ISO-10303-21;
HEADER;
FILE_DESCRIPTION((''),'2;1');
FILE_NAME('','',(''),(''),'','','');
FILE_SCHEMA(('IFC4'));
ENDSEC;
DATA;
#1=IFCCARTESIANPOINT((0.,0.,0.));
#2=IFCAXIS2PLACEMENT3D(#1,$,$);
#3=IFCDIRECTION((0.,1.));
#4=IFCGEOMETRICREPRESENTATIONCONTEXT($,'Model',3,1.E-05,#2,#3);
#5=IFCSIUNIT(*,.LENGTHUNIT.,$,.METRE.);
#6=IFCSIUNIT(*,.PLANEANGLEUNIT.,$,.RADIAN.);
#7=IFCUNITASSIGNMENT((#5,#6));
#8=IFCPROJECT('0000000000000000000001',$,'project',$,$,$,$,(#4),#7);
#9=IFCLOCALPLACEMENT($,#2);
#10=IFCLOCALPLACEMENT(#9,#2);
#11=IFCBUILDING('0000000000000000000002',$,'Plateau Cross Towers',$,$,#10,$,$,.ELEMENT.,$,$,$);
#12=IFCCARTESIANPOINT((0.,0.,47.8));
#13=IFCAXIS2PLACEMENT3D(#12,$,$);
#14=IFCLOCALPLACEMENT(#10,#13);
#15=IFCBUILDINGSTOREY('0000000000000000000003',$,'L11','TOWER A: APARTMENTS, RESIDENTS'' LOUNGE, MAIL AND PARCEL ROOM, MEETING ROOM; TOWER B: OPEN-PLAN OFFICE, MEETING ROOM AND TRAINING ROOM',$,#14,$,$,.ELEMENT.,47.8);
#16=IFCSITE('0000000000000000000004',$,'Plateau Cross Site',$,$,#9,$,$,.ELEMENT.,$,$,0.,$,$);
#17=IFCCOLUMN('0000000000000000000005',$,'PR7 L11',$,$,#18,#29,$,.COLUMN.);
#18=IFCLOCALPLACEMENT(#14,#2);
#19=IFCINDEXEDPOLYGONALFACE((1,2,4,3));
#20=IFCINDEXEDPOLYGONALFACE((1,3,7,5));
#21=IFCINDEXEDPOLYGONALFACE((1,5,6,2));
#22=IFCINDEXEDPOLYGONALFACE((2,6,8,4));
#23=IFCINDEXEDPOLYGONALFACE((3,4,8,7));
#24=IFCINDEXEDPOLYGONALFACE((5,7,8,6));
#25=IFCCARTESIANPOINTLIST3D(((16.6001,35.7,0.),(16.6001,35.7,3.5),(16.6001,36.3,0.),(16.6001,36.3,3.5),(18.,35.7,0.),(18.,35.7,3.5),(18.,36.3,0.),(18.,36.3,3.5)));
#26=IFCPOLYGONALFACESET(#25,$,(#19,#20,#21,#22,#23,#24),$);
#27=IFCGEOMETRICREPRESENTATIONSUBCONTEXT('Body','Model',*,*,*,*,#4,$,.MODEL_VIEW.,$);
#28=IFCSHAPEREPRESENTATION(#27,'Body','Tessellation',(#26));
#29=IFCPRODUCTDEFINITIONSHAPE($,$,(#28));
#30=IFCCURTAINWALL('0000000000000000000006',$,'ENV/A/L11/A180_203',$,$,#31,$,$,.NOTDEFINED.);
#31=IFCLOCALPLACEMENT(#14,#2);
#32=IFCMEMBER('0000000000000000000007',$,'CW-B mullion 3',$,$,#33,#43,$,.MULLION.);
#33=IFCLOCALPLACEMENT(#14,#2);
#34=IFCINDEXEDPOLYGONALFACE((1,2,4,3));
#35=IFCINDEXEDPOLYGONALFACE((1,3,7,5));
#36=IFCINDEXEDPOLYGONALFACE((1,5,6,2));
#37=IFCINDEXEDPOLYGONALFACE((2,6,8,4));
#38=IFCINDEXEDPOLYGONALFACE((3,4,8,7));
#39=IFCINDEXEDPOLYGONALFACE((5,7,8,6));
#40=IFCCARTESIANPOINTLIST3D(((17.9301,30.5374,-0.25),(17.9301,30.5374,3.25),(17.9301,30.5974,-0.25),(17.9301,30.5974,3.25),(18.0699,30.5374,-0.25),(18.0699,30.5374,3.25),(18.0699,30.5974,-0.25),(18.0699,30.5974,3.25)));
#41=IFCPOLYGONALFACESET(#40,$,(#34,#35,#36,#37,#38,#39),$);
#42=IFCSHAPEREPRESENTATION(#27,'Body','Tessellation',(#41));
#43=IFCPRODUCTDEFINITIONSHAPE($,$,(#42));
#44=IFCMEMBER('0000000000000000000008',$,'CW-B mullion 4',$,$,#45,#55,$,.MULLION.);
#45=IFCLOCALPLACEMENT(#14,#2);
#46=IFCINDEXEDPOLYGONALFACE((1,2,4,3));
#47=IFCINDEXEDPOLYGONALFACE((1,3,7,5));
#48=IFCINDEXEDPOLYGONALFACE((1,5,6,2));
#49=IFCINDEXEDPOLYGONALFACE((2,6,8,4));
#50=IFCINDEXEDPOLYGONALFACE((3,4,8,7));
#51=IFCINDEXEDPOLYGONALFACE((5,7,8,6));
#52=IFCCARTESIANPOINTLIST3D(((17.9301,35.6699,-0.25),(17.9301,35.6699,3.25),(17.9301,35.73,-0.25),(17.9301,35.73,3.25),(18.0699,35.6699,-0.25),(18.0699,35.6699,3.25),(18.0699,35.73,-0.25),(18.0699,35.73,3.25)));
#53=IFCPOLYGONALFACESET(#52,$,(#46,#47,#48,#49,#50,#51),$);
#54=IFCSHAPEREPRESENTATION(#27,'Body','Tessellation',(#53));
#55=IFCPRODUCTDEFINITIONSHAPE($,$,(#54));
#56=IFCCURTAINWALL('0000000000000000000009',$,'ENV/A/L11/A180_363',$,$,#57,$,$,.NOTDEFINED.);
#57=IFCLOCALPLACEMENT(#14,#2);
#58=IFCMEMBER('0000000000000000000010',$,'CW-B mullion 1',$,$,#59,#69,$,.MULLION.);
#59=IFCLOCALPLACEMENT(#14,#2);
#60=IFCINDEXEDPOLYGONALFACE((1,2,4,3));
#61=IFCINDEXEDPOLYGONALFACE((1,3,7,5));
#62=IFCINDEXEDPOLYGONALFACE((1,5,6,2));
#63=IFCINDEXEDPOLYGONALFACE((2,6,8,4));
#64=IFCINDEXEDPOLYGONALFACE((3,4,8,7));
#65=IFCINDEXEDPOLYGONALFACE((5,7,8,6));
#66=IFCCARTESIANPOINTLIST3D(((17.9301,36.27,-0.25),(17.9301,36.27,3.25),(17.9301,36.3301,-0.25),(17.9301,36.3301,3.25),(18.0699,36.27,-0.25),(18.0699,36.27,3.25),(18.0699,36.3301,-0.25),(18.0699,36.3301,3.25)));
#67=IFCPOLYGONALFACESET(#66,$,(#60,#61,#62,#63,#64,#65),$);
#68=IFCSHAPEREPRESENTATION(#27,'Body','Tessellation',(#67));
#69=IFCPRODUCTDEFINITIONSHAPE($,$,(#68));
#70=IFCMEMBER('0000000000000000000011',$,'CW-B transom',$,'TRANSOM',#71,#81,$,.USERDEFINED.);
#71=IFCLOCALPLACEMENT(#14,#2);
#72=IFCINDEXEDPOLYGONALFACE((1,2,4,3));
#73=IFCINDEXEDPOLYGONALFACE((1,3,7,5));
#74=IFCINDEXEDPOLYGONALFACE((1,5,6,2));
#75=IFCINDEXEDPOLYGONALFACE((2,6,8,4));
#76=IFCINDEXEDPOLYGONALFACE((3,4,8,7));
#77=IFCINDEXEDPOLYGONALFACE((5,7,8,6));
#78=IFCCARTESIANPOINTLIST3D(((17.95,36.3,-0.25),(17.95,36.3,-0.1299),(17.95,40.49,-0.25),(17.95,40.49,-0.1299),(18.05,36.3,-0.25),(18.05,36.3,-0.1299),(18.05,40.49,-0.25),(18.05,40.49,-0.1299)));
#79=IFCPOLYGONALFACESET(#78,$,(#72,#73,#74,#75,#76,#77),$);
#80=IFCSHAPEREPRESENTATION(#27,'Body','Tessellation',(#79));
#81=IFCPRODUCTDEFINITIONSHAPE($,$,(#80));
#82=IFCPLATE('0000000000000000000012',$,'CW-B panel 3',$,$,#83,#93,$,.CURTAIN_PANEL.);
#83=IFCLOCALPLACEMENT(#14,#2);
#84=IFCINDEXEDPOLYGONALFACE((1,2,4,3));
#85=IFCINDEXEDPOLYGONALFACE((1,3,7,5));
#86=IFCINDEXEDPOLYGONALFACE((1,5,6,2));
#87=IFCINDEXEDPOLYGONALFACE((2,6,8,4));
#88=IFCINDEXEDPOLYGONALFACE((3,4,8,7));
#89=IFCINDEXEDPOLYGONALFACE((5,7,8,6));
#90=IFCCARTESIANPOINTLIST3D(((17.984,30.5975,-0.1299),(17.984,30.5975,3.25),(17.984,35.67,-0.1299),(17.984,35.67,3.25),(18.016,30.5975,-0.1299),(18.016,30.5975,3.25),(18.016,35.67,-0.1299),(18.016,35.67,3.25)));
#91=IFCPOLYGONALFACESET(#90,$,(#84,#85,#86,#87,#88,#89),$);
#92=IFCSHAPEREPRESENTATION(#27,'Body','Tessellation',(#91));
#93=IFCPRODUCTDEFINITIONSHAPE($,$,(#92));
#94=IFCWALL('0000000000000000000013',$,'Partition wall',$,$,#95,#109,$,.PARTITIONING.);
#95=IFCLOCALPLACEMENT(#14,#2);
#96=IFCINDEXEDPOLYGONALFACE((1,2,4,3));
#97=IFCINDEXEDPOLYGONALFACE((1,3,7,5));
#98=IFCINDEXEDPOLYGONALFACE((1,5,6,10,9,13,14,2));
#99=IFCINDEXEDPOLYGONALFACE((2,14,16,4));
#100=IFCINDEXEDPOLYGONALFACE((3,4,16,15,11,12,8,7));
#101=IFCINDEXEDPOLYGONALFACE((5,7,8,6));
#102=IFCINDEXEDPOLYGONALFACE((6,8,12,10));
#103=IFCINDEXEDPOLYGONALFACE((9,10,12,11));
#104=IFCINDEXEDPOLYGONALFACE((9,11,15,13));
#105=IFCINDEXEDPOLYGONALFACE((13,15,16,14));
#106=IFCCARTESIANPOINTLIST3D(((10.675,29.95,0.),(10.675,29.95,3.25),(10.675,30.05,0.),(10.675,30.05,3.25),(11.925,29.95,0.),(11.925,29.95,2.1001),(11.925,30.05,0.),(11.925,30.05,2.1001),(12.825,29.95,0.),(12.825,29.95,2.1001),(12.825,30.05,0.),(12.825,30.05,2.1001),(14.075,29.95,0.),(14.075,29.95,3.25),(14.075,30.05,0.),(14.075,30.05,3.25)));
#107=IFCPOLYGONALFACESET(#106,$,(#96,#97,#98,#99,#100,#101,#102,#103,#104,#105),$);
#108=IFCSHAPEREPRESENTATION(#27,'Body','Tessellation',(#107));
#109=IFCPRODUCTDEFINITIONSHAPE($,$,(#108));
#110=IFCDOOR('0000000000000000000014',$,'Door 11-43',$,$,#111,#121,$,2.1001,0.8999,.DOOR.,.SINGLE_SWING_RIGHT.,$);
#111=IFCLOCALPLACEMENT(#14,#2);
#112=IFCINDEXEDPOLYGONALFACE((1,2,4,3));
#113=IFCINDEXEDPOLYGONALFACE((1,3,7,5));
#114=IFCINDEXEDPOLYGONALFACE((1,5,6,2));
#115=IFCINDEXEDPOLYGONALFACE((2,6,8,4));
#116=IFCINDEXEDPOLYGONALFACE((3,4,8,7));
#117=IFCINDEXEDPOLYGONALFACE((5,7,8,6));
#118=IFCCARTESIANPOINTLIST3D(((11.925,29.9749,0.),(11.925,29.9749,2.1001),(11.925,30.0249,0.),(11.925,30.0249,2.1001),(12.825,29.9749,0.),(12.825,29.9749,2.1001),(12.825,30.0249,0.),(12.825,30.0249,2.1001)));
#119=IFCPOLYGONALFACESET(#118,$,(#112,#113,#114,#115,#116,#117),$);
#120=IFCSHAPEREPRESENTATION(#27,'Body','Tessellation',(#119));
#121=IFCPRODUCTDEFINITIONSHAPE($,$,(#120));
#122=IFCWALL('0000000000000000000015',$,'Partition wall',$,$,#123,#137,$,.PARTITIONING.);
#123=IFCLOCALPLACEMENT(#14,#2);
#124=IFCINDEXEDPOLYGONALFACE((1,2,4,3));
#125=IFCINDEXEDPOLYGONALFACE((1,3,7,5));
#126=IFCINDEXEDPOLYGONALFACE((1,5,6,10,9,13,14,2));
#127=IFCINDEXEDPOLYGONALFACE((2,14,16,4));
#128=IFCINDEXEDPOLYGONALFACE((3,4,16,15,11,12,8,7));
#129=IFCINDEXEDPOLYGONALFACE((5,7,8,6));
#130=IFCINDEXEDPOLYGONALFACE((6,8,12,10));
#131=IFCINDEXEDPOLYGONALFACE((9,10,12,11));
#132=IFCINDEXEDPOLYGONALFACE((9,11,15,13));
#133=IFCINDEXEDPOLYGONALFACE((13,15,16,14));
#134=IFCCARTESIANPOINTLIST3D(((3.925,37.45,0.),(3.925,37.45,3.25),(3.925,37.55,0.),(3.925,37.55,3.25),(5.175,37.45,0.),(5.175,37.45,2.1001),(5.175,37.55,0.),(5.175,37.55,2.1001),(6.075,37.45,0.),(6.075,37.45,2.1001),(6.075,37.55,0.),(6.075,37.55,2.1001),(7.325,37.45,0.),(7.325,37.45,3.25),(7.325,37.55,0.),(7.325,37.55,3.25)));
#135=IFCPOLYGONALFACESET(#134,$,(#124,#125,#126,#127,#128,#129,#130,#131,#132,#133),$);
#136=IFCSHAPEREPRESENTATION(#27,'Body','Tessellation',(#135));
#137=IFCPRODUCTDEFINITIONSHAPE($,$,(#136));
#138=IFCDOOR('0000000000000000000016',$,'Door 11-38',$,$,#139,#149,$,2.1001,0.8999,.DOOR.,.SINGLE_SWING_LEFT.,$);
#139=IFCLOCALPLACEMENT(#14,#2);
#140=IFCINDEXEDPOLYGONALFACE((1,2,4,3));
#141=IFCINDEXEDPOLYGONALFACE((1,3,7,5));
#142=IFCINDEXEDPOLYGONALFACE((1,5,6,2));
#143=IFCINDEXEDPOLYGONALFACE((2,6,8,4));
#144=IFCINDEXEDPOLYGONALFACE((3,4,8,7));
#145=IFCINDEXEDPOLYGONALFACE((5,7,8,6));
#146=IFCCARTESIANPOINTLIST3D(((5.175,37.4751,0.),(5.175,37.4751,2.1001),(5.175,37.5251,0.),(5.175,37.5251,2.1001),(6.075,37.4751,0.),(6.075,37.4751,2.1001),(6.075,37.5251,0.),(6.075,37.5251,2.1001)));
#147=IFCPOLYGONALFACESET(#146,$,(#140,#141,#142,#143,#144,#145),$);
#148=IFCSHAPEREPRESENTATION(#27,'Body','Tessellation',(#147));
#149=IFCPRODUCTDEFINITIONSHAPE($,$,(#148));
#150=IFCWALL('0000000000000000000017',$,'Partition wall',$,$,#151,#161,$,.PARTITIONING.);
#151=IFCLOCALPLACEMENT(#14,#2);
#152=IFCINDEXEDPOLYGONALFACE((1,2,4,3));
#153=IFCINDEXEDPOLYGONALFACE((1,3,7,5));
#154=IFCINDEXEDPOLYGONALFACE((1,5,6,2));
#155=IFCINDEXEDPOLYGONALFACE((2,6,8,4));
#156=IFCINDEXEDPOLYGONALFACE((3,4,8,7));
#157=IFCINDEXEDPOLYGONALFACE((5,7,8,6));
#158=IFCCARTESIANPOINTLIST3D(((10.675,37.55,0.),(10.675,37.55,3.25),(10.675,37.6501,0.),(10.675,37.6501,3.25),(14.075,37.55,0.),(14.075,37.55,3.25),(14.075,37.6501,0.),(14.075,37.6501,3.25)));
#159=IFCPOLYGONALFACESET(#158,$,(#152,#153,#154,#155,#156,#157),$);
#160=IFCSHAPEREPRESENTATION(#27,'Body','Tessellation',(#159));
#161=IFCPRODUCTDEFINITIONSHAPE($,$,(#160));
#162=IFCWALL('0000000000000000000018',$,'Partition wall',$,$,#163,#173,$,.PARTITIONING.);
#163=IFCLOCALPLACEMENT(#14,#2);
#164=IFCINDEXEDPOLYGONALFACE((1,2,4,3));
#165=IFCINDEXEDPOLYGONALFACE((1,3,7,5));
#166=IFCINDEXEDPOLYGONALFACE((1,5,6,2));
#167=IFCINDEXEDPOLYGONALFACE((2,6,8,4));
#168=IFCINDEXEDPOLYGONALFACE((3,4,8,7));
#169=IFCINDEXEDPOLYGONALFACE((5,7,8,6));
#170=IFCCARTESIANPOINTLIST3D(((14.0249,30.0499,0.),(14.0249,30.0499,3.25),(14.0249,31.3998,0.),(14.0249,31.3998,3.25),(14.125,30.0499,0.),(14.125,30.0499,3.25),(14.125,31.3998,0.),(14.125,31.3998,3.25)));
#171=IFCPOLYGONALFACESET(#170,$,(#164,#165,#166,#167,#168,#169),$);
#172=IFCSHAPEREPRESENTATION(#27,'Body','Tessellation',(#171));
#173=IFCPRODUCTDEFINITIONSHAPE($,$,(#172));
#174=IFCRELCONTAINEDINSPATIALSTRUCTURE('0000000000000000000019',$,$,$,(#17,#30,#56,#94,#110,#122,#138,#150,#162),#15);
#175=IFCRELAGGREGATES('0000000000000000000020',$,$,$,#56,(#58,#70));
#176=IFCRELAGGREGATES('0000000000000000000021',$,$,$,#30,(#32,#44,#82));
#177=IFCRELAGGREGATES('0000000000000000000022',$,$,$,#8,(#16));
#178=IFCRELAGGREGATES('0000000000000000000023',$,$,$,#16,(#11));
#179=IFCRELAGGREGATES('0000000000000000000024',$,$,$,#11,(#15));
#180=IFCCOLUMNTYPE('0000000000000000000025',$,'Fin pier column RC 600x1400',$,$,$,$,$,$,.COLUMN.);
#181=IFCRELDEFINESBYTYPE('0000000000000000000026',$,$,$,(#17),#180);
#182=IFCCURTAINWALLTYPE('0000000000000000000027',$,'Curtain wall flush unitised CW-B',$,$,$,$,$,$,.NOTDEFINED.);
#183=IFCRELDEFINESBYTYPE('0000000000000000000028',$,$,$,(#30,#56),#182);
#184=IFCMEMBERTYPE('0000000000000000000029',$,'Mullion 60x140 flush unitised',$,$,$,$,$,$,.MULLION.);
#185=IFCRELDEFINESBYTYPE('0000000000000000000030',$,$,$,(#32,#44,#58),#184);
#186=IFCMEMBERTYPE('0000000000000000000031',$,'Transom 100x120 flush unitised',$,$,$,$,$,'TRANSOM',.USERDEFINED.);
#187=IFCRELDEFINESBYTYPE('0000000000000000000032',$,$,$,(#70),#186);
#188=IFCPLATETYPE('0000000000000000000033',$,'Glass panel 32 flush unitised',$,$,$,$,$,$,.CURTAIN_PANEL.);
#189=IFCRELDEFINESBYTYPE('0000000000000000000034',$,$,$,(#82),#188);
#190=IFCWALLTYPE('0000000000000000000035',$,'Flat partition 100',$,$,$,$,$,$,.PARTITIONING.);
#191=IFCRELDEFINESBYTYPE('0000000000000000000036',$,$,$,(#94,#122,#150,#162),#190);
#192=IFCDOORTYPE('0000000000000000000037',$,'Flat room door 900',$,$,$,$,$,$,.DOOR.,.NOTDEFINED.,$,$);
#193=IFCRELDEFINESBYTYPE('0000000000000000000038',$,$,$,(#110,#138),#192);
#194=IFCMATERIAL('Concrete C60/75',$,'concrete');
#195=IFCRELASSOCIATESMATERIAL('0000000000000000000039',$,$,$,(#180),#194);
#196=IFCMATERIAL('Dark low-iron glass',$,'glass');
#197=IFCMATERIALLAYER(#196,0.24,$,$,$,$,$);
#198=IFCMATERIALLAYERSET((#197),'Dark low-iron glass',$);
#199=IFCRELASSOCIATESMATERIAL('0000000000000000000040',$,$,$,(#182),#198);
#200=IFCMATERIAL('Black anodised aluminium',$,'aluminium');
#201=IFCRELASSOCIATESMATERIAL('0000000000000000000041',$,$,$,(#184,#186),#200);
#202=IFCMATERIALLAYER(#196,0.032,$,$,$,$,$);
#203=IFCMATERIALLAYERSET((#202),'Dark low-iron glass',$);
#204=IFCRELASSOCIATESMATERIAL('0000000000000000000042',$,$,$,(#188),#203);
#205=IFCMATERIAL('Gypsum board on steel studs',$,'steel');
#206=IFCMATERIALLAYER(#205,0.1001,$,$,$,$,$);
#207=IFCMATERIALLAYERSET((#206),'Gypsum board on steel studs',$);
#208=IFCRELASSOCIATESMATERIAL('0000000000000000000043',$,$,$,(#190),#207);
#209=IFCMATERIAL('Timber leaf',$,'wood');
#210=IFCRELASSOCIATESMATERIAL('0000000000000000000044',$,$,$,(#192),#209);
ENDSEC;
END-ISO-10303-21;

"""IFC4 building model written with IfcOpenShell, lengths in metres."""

from ifc_helpers import new_model, si_unit, direction, frame, frame_2d, origin, origin_2d, place, context, subcontext, project, spatial, rectangle, extrude, material, layer, layer_set, material_profile, profile_set, type_object, element, fill, aggregate, save


model = new_model("IFC4")

# Units and contexts
model_context = context("Model", 3, precision=1e-05, world=origin(), true_north=direction((0.0, 1.0)))
body_context = subcontext(model_context, "Body", "Model", "MODEL_VIEW")
ifc_project = project(units=[si_unit("LENGTHUNIT", "METRE"), si_unit("PLANEANGLEUNIT", "RADIAN")], contexts=[model_context])

# Site, building, storey
site_placement = place(None, origin())
site = spatial("IfcSite", under=ifc_project, at=site_placement, Name="Plateau Cross Site", CompositionType="ELEMENT", RefElevation=0.0)
building_placement = place(site_placement, origin())
building = spatial("IfcBuilding", under=site, at=building_placement, Name="Plateau Cross Towers", CompositionType="ELEMENT")
storey_placement = place(building_placement, frame((0.0, 0.0, 47.8)))
storey = spatial("IfcBuildingStorey", under=building, at=storey_placement, Name="L11", Description="TOWER A: APARTMENTS, RESIDENTS' LOUNGE, MAIL AND PARCEL ROOM, MEETING ROOM; TOWER B: OPEN-PLAN OFFICE, MEETING ROOM AND TRAINING ROOM", CompositionType="ELEMENT", Elevation=47.8)

# Column
ifc_material_1 = material(Name="Concrete C60/75", Category="concrete")
ifc_material_profile_1 = material_profile(ifc_material_1, rectangle(XDim=0.6001, YDim=1.3999, at=origin_2d()), Name="RC 600x1400")
ifc_profile_set_1 = profile_set([ifc_material_profile_1], Name="Concrete C60/75")
column_type = type_object("IfcColumnType", Name="Fin pier column RC 600x1400", PredefinedType="COLUMN", material=ifc_profile_set_1)
column_placement = place(storey_placement, frame((17.3, 36.0, 0.0), z_axis=(0.0, 0.0, 1.0), x_axis=(0.0, 1.0, 0.0)))
element("IfcColumn", 1, at=column_placement, inside=storey, type_object=column_type, Name="PR7 L11", PredefinedType="COLUMN", context=body_context, shape_type="SweptSolid", body=[
    extrude(rectangle(XDim=0.6001, YDim=1.3999, at=origin_2d()), origin(), (0.0, 0.0, 1.0), 3.5),
])

# Curtain walls, members
ifc_material_2 = material(Name="Dark low-iron glass", Category="glass")
ifc_layer_1 = layer(ifc_material_2, 0.24)
ifc_layer_set_1 = layer_set([ifc_layer_1], Name="Dark low-iron glass")
curtain_wall_type = type_object("IfcCurtainWallType", Name="Curtain wall flush unitised CW-B", PredefinedType="NOTDEFINED", material=ifc_layer_set_1)
curtain_wall_1_placement = place(storey_placement, origin())
curtain_wall_1 = element("IfcCurtainWall", 2, at=curtain_wall_1_placement, inside=storey, type_object=curtain_wall_type, Name="ENV/A/L11/A180_203", PredefinedType="NOTDEFINED")
ifc_material_3 = material(Name="Black anodised aluminium", Category="aluminium")
ifc_material_profile_2 = material_profile(ifc_material_3, rectangle(XDim=0.0601, YDim=0.1399, at=origin_2d()), Name="MULLION 60x140")
ifc_profile_set_2 = profile_set([ifc_material_profile_2], Name="Black anodised aluminium")
member_type_1 = type_object("IfcMemberType", Name="Mullion 60x140 flush unitised", PredefinedType="MULLION", material=ifc_profile_set_2)
member_1_placement = place(storey_placement, frame((18.0, 30.5674, -0.25), z_axis=(0.0, 0.0, 1.0), x_axis=(0.0, 1.0, 0.0)))
member_1 = element("IfcMember", 3, at=member_1_placement, type_object=member_type_1, Name="CW-B mullion 3", PredefinedType="MULLION", context=body_context, shape_type="SweptSolid", body=[
    extrude(rectangle(XDim=0.0601, YDim=0.1399, at=origin_2d()), origin(), (0.0, 0.0, 1.0), 3.5),
])
member_2_placement = place(storey_placement, frame((18.0, 35.7, -0.25), z_axis=(0.0, 0.0, 1.0), x_axis=(0.0, 1.0, 0.0)))
member_2 = element("IfcMember", 4, at=member_2_placement, type_object=member_type_1, Name="CW-B mullion 4", PredefinedType="MULLION", context=body_context, shape_type="SweptSolid", body=[
    extrude(rectangle(XDim=0.0601, YDim=0.1399, at=origin_2d()), origin(), (0.0, 0.0, 1.0), 3.5),
])
curtain_wall_2_placement = place(storey_placement, origin())
curtain_wall_2 = element("IfcCurtainWall", 5, at=curtain_wall_2_placement, inside=storey, type_object=curtain_wall_type, Name="ENV/A/L11/A180_363", PredefinedType="NOTDEFINED")
member_3_placement = place(storey_placement, frame((18.0, 36.3, -0.25), z_axis=(0.0, 0.0, 1.0), x_axis=(0.0, 1.0, 0.0)))
member_3 = element("IfcMember", 6, at=member_3_placement, type_object=member_type_1, Name="CW-B mullion 1", PredefinedType="MULLION", context=body_context, shape_type="SweptSolid", body=[
    extrude(rectangle(XDim=0.0601, YDim=0.1399, at=origin_2d()), origin(), (0.0, 0.0, 1.0), 3.5),
])
ifc_material_profile_3 = material_profile(ifc_material_3, rectangle(XDim=0.1001, YDim=0.1201, at=origin_2d()), Name="TRANSOM 100x120")
ifc_profile_set_3 = profile_set([ifc_material_profile_3], Name="Black anodised aluminium")
member_type_2 = type_object("IfcMemberType", Name="Transom 100x120 flush unitised", ElementType="TRANSOM", PredefinedType="USERDEFINED", material=ifc_profile_set_3)
member_4_placement = place(storey_placement, frame((18.0, 36.3, -0.1899), z_axis=(0.0, 1.0, 0.0), x_axis=(-1.0, 0.0, 0.0)))
member_4 = element("IfcMember", 7, at=member_4_placement, type_object=member_type_2, Name="CW-B transom", ObjectType="TRANSOM", PredefinedType="USERDEFINED", context=body_context, shape_type="SweptSolid", body=[
    extrude(rectangle(XDim=0.1001, YDim=0.1201, at=origin_2d()), origin(), (0.0, 0.0, 1.0), 4.1899),
])
aggregate(curtain_wall_2, [member_3, member_4])

# Plate
ifc_layer_2 = layer(ifc_material_2, 0.032)
ifc_layer_set_2 = layer_set([ifc_layer_2], Name="Dark low-iron glass")
plate_type = type_object("IfcPlateType", Name="Glass panel 32 flush unitised", PredefinedType="CURTAIN_PANEL", material=ifc_layer_set_2)
plate_placement = place(storey_placement, frame((18.0, 33.1338, -0.1299), z_axis=(0.0, 0.0, 1.0), x_axis=(0.0, 1.0, 0.0)))
plate = element("IfcPlate", 8, at=plate_placement, type_object=plate_type, Name="CW-B panel 3", PredefinedType="CURTAIN_PANEL", context=body_context, shape_type="SweptSolid", body=[
    extrude(rectangle(XDim=5.0725, YDim=0.032, at=origin_2d()), origin(), (0.0, 0.0, 1.0), 3.3799),
])
aggregate(curtain_wall_1, [member_1, member_2, plate])

# Walls, openings, doors
ifc_material_4 = material(Name="Gypsum board on steel studs", Category="steel")
ifc_layer_3 = layer(ifc_material_4, 0.1001)
ifc_layer_set_3 = layer_set([ifc_layer_3], Name="Gypsum board on steel studs")
wall_type_1 = type_object("IfcWallType", Name="Flat partition 100", PredefinedType="PARTITIONING", material=ifc_layer_set_3)
wall_1_placement = place(storey_placement, frame((10.675, 30.0, 0.0), z_axis=(0.0, 0.0, 1.0), x_axis=(1.0, 0.0, 0.0)))
wall_1 = element("IfcWall", 9, at=wall_1_placement, inside=storey, type_object=wall_type_1, Name="Partition wall", PredefinedType="PARTITIONING", context=body_context, shape_type="SweptSolid", body=[
    extrude(rectangle(XDim=3.3999, YDim=0.1001, at=frame_2d((1.7, 0.0))), origin(), (0.0, 0.0, 1.0), 3.25),
])
opening_1_placement = place(wall_1_placement, frame((1.25, 0.0, 0.0)))
opening_1 = element("IfcOpeningElement", 10, at=opening_1_placement, cuts=wall_1, PredefinedType="OPENING", context=body_context, shape_type="SweptSolid", body=[
    extrude(rectangle(XDim=0.8999, YDim=2.1001, at=frame_2d((0.45, 1.05))), frame((0.0, 0.0601, 0.0), z_axis=(0.0, -1.0, 0.0), x_axis=(1.0, 0.0, 0.0)), (0.0, 0.0, 1.0), 0.1201),
])
ifc_material_5 = material(Name="Timber leaf", Category="wood")
door_type = type_object("IfcDoorType", Name="Flat room door 900", OperationType="NOTDEFINED", PredefinedType="DOOR", material=ifc_material_5)
door_1_placement = place(opening_1_placement, origin())
door_1 = element("IfcDoor", 11, at=door_1_placement, inside=storey, type_object=door_type, Name="Door 11-43", OperationType="SINGLE_SWING_RIGHT", OverallHeight=2.1001, OverallWidth=0.8999, PredefinedType="DOOR", context=body_context, shape_type="SweptSolid", body=[
    extrude(rectangle(XDim=0.8999, YDim=2.1001, at=frame_2d((0.45, 1.05))), frame((0.0, 0.0249, 0.0), z_axis=(0.0, -1.0, 0.0), x_axis=(1.0, 0.0, 0.0)), (0.0, 0.0, 1.0), 0.05),
])
fill(opening_1, door_1)
wall_2_placement = place(storey_placement, frame((7.325, 37.5, 0.0), z_axis=(0.0, 0.0, 1.0), x_axis=(-1.0, 0.0, 0.0)))
wall_2 = element("IfcWall", 12, at=wall_2_placement, inside=storey, type_object=wall_type_1, Name="Partition wall", PredefinedType="PARTITIONING", context=body_context, shape_type="SweptSolid", body=[
    extrude(rectangle(XDim=3.3999, YDim=0.1001, at=frame_2d((1.7, 0.0))), origin(), (0.0, 0.0, 1.0), 3.25),
])
opening_2_placement = place(wall_2_placement, frame((1.25, 0.0, 0.0)))
opening_2 = element("IfcOpeningElement", 13, at=opening_2_placement, cuts=wall_2, PredefinedType="OPENING", context=body_context, shape_type="SweptSolid", body=[
    extrude(rectangle(XDim=0.8999, YDim=2.1001, at=frame_2d((0.45, 1.05))), frame((0.0, 0.0601, 0.0), z_axis=(0.0, -1.0, 0.0), x_axis=(1.0, 0.0, 0.0)), (0.0, 0.0, 1.0), 0.1201),
])
door_2_placement = place(opening_2_placement, origin())
door_2 = element("IfcDoor", 14, at=door_2_placement, inside=storey, type_object=door_type, Name="Door 11-38", OperationType="SINGLE_SWING_LEFT", OverallHeight=2.1001, OverallWidth=0.8999, PredefinedType="DOOR", context=body_context, shape_type="SweptSolid", body=[
    extrude(rectangle(XDim=0.8999, YDim=2.1001, at=frame_2d((0.45, 1.05))), frame((0.0, 0.0249, 0.0), z_axis=(0.0, -1.0, 0.0), x_axis=(1.0, 0.0, 0.0)), (0.0, 0.0, 1.0), 0.05),
])
fill(opening_2, door_2)

# Walls
wall_3_placement = place(storey_placement, frame((14.075, 37.6001, 0.0), z_axis=(0.0, 0.0, 1.0), x_axis=(-1.0, 0.0, 0.0)))
element("IfcWall", 15, at=wall_3_placement, inside=storey, type_object=wall_type_1, Name="Partition wall", PredefinedType="PARTITIONING", context=body_context, shape_type="SweptSolid", body=[
    extrude(rectangle(XDim=3.3999, YDim=0.1001, at=frame_2d((1.7, 0.0))), origin(), (0.0, 0.0, 1.0), 3.25),
])
wall_4_placement = place(storey_placement, frame((14.075, 30.05, 0.0), z_axis=(0.0, 0.0, 1.0), x_axis=(0.0, 1.0, 0.0)))
element("IfcWall", 16, at=wall_4_placement, inside=storey, type_object=wall_type_1, Name="Partition wall", PredefinedType="PARTITIONING", context=body_context, shape_type="SweptSolid", body=[
    extrude(rectangle(XDim=1.3499, YDim=0.1001, at=frame_2d((0.6748, 0.0))), origin(), (0.0, 0.0, 1.0), 3.25),
])

save(model, "model.ifc")
